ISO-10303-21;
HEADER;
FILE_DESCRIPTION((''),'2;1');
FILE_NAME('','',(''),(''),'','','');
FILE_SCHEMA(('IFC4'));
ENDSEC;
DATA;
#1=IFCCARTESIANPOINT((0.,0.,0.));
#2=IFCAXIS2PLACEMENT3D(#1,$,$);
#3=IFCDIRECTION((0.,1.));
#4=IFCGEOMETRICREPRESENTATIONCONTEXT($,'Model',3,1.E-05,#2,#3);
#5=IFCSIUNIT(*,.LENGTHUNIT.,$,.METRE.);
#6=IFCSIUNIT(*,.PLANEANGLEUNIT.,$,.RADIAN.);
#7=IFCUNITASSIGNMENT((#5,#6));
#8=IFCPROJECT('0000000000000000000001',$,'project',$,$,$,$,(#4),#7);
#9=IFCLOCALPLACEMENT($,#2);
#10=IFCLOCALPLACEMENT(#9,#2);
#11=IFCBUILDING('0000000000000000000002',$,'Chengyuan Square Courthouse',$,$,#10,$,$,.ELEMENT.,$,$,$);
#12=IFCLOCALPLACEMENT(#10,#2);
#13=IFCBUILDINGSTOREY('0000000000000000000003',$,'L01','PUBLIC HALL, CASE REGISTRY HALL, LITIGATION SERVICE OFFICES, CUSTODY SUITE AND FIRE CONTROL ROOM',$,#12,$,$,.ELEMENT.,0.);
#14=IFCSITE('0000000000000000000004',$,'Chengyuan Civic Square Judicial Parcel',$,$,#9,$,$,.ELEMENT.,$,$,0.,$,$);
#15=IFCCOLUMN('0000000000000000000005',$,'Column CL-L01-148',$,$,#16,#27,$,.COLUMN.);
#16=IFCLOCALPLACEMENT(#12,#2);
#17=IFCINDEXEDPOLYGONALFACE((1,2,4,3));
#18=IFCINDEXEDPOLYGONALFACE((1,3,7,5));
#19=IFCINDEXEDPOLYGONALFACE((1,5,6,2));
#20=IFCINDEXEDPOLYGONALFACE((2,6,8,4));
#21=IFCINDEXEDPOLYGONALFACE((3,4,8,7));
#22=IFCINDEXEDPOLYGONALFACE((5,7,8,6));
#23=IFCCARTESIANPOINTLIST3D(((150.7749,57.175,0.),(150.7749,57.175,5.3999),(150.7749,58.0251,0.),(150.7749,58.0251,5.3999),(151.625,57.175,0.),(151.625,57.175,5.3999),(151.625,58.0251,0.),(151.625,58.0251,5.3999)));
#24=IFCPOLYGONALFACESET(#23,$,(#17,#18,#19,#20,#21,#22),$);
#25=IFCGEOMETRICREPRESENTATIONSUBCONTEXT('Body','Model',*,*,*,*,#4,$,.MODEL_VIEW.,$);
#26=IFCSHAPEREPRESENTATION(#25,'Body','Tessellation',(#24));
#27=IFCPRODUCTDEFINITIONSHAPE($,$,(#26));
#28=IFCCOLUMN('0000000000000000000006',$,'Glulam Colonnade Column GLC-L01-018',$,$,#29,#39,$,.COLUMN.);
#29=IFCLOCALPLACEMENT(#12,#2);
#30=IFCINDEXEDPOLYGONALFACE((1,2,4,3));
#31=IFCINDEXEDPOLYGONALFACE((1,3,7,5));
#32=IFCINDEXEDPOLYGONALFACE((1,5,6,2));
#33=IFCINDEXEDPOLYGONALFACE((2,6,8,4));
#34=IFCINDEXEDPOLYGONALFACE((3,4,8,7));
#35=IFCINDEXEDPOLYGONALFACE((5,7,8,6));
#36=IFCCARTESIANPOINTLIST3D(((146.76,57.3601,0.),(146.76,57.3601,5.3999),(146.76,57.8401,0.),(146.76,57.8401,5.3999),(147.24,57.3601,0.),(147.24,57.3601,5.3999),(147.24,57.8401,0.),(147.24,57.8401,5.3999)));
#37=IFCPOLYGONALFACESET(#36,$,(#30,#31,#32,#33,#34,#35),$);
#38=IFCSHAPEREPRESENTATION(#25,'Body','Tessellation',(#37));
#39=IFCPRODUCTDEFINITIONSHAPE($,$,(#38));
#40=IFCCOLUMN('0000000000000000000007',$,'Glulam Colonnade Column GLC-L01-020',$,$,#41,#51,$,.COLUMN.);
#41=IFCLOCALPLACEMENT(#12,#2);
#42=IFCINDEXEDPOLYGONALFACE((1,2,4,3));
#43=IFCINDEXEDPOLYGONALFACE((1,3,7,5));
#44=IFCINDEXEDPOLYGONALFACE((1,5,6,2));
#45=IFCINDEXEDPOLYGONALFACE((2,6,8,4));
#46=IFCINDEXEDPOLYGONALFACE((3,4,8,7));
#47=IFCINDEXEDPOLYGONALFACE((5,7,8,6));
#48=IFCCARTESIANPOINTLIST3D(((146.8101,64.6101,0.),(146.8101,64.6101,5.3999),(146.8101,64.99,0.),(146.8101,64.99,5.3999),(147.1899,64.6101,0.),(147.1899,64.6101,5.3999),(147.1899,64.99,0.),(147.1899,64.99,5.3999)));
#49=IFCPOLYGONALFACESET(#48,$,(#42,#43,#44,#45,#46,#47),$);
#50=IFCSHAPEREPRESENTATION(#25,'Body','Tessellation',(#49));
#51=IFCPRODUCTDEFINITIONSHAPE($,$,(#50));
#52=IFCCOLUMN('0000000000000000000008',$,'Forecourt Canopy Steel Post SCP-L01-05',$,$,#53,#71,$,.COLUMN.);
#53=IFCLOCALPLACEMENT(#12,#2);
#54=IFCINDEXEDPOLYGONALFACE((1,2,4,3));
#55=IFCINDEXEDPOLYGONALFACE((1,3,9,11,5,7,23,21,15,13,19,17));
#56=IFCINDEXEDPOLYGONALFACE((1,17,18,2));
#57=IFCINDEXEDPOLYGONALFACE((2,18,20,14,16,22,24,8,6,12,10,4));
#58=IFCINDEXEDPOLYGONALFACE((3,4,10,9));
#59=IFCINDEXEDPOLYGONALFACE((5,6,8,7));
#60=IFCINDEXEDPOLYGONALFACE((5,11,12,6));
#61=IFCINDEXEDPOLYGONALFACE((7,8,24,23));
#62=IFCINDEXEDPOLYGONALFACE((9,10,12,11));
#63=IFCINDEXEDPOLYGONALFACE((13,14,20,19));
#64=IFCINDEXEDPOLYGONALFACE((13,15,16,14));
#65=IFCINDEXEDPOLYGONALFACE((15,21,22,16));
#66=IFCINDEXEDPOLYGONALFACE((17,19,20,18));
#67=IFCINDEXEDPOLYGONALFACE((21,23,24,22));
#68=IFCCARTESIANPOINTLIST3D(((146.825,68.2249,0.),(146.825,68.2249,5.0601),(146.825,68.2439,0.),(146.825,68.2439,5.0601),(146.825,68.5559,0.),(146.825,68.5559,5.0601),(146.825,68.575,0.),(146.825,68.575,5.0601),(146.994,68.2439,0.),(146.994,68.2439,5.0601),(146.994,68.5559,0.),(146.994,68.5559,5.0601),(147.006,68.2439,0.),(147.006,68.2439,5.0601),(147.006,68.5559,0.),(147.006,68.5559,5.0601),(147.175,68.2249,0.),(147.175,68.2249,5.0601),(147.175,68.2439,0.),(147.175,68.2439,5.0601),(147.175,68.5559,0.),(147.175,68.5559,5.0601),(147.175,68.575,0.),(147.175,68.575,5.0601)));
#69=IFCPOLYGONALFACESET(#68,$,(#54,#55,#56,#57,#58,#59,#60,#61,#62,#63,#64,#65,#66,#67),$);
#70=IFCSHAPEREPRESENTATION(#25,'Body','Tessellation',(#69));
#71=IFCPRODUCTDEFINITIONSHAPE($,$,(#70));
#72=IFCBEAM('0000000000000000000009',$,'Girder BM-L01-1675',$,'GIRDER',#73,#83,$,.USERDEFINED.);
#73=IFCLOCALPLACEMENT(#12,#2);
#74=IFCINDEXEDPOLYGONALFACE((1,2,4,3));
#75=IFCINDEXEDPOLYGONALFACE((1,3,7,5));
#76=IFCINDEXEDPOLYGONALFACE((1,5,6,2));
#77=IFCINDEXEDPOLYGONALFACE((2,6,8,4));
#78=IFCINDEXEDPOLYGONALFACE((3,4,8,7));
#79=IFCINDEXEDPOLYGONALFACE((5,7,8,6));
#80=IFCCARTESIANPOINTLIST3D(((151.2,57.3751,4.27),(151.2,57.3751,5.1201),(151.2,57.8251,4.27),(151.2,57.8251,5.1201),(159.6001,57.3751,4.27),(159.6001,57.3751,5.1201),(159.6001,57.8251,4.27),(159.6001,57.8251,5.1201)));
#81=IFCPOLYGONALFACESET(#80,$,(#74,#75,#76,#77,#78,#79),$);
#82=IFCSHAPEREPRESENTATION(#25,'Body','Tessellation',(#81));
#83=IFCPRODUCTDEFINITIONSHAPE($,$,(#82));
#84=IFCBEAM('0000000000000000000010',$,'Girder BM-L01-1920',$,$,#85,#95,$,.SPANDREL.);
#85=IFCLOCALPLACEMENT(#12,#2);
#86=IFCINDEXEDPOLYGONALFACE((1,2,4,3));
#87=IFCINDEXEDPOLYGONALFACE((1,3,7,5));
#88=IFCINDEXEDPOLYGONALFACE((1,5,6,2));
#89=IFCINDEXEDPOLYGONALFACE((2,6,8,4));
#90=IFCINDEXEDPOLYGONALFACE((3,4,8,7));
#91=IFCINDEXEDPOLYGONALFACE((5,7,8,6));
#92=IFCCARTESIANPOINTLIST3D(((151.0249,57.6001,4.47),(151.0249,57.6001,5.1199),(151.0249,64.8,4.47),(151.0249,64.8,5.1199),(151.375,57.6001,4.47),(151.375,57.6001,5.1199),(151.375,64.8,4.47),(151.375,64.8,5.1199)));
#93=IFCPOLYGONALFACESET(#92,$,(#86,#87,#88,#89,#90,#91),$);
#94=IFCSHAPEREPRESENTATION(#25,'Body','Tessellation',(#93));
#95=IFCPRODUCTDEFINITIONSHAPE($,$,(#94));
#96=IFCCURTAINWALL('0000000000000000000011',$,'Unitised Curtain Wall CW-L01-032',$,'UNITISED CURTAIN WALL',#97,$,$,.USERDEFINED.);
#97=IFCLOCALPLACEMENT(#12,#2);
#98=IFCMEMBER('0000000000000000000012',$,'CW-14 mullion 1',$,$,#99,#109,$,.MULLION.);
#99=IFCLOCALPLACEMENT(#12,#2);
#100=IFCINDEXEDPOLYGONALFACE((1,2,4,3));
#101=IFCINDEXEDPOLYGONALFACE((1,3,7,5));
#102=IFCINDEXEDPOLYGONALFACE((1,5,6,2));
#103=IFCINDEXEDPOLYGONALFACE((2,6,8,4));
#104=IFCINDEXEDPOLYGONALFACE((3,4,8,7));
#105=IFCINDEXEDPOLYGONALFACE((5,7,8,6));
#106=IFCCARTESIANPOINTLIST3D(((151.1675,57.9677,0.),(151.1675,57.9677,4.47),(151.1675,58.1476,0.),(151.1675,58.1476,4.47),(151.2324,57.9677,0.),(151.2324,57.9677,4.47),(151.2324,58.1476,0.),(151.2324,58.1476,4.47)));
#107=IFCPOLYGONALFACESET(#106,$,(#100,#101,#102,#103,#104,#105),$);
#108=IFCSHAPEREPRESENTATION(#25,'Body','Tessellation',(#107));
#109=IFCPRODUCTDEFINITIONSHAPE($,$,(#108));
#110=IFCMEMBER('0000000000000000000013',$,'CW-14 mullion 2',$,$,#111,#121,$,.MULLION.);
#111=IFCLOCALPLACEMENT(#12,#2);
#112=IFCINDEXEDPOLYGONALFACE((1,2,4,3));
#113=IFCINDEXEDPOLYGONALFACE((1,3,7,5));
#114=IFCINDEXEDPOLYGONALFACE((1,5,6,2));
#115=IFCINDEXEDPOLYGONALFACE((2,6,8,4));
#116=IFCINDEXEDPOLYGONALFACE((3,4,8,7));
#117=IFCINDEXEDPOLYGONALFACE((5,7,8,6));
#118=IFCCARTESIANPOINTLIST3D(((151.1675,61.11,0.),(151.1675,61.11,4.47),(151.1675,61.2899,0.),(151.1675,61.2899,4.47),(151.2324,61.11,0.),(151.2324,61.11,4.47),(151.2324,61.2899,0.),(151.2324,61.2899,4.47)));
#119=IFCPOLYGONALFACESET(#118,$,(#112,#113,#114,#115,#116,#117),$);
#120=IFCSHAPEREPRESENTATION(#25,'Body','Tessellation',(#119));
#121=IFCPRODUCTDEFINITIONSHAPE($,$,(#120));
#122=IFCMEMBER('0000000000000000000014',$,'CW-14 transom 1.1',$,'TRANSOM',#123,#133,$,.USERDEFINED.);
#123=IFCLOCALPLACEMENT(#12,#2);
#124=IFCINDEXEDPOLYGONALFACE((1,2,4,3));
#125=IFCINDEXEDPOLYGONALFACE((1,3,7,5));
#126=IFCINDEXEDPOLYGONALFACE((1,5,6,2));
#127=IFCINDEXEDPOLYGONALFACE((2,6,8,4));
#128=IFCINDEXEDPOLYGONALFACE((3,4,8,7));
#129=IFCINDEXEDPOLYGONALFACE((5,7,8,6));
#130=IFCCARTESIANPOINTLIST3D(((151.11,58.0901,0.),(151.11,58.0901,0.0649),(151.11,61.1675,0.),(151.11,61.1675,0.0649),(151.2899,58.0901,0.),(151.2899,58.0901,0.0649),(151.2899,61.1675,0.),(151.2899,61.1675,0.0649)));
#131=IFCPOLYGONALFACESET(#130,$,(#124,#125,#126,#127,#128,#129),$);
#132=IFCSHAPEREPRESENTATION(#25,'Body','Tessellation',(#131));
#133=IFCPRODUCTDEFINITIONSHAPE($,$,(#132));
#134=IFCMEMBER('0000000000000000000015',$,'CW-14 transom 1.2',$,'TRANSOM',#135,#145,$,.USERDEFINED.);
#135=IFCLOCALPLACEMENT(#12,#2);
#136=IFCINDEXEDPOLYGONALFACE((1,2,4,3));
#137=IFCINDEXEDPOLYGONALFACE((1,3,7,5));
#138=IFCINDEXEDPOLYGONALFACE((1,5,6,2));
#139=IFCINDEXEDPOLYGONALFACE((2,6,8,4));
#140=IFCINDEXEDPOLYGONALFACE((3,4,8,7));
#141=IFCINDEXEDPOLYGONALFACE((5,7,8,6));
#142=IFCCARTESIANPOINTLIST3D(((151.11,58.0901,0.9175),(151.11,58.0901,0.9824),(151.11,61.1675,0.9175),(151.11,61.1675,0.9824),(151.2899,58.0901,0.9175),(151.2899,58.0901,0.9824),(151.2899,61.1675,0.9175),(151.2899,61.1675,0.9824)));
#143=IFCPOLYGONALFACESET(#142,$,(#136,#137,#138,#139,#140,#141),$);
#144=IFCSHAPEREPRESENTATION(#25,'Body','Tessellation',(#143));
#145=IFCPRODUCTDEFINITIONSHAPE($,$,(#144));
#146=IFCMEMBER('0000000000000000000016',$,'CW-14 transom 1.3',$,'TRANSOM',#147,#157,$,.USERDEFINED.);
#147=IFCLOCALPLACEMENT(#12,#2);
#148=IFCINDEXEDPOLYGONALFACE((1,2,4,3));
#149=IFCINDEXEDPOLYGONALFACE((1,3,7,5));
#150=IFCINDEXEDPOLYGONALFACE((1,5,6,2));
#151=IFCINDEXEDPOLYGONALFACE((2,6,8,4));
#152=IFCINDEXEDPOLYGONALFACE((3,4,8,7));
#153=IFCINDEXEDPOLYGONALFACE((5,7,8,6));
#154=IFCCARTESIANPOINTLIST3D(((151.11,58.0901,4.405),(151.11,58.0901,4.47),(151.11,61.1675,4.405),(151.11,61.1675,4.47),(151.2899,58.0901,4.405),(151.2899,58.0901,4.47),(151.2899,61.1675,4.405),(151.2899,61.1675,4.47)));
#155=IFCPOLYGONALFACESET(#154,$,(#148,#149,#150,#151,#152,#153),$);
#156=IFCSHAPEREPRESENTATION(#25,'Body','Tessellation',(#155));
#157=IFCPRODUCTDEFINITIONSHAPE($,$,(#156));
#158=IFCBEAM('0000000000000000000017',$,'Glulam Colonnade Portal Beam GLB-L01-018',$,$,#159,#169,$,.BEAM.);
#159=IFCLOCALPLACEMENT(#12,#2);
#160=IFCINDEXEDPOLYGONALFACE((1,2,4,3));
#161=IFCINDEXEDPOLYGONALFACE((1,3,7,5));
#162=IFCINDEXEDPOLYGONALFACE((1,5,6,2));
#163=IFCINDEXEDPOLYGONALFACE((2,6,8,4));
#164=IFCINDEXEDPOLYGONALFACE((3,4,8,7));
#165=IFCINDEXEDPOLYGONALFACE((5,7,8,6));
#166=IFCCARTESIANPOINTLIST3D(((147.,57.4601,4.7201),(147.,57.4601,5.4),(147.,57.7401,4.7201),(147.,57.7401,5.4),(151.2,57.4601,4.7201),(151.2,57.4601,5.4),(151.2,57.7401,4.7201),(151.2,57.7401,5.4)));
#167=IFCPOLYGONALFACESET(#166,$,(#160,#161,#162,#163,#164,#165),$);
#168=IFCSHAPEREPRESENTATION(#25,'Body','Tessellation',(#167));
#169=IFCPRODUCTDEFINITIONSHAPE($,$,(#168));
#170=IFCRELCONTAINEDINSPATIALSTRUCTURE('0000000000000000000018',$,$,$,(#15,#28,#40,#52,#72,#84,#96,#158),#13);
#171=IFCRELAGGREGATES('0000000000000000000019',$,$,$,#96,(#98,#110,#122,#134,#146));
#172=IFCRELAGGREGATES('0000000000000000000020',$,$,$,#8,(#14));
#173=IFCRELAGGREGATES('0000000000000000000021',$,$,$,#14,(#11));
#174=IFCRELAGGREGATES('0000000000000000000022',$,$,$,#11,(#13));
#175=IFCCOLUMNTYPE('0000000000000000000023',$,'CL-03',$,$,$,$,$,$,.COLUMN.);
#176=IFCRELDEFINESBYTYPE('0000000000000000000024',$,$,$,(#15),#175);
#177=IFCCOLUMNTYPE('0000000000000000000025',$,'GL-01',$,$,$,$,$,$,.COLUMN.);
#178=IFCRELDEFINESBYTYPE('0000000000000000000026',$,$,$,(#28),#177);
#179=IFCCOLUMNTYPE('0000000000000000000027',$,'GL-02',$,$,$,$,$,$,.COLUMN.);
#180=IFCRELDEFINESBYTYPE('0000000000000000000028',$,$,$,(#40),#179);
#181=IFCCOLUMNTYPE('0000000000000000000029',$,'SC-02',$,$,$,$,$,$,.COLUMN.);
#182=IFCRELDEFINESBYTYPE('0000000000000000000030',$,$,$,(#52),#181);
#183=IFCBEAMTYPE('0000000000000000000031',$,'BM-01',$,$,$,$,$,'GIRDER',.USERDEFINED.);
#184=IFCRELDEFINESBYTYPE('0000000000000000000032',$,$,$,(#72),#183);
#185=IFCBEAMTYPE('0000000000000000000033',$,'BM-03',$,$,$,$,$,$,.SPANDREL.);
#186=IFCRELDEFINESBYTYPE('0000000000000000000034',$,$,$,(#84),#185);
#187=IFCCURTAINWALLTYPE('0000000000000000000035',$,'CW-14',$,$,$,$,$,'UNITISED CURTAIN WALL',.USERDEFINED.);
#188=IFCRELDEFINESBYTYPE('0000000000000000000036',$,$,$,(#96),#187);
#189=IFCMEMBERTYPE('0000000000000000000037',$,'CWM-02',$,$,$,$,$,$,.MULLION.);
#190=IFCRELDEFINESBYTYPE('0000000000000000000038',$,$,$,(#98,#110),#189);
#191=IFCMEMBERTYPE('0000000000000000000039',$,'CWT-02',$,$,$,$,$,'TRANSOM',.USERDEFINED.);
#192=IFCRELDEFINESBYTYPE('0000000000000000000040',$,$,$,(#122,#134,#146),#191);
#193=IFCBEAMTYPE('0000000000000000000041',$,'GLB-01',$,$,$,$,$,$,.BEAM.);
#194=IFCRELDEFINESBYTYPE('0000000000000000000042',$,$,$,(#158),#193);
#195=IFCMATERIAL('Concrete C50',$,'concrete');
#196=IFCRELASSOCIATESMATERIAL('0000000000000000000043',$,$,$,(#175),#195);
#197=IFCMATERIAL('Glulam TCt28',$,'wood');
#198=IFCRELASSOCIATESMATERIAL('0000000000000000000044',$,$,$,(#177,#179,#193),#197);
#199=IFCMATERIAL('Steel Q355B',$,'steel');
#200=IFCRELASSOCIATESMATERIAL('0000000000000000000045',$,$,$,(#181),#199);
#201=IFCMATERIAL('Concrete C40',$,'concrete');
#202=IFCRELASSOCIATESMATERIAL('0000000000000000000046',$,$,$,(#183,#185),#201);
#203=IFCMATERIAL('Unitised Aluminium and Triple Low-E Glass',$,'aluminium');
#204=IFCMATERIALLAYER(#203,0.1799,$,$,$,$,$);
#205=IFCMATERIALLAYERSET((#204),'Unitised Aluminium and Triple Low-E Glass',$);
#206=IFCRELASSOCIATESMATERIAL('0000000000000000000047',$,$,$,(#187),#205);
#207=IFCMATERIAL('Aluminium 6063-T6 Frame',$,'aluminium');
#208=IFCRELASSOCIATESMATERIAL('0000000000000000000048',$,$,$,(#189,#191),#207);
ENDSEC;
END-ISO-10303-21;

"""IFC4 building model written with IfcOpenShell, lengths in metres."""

from ifc_helpers import new_model, si_unit, direction, frame, origin, origin_2d, place, context, subcontext, project, spatial, rectangle, i_section, extrude, material, layer, layer_set, material_profile, profile_set, type_object, element, aggregate, save


model = new_model("IFC4")

# Units and contexts
model_context = context("Model", 3, precision=1e-05, world=origin(), true_north=direction((0.0, 1.0)))
body_context = subcontext(model_context, "Body", "Model", "MODEL_VIEW")
ifc_project = project(units=[si_unit("LENGTHUNIT", "METRE"), si_unit("PLANEANGLEUNIT", "RADIAN")], contexts=[model_context])

# Site, building, storey
site_placement = place(None, origin())
site = spatial("IfcSite", under=ifc_project, at=site_placement, Name="Chengyuan Civic Square Judicial Parcel", CompositionType="ELEMENT", RefElevation=0.0)
building_placement = place(site_placement, origin())
building = spatial("IfcBuilding", under=site, at=building_placement, Name="Chengyuan Square Courthouse", CompositionType="ELEMENT")
storey_placement = place(building_placement, origin())
storey = spatial("IfcBuildingStorey", under=building, at=storey_placement, Name="L01", Description="PUBLIC HALL, CASE REGISTRY HALL, LITIGATION SERVICE OFFICES, CUSTODY SUITE AND FIRE CONTROL ROOM", CompositionType="ELEMENT", Elevation=0.0)

# Columns
ifc_material_1 = material(Name="Concrete C50", Category="concrete")
ifc_material_profile_1 = material_profile(ifc_material_1, rectangle(XDim=0.8501, YDim=0.8501, at=origin_2d()), Name="RC-COL-850x850")
ifc_profile_set_1 = profile_set([ifc_material_profile_1], Name="Concrete C50")
column_type_1 = type_object("IfcColumnType", Name="CL-03", PredefinedType="COLUMN", material=ifc_profile_set_1)
column_1_placement = place(storey_placement, frame((151.2, 57.6001, 0.0), z_axis=(0.0, 0.0, 1.0), x_axis=(1.0, 0.0, 0.0)))
element("IfcColumn", 1, at=column_1_placement, inside=storey, type_object=column_type_1, Name="Column CL-L01-148", PredefinedType="COLUMN", context=body_context, shape_type="SweptSolid", body=[
    extrude(rectangle(XDim=0.8501, YDim=0.8501, at=origin_2d()), origin(), (0.0, 0.0, 1.0), 5.3999),
])
ifc_material_2 = material(Name="Glulam TCt28", Category="wood")
ifc_material_profile_2 = material_profile(ifc_material_2, rectangle(XDim=0.48, YDim=0.48, at=origin_2d()), Name="GL-COL-480x480")
ifc_profile_set_2 = profile_set([ifc_material_profile_2], Name="Glulam TCt28")
column_type_2 = type_object("IfcColumnType", Name="GL-01", PredefinedType="COLUMN", material=ifc_profile_set_2)
column_2_placement = place(storey_placement, frame((147.0, 57.6001, 0.0), z_axis=(0.0, 0.0, 1.0), x_axis=(1.0, 0.0, 0.0)))
element("IfcColumn", 2, at=column_2_placement, inside=storey, type_object=column_type_2, Name="Glulam Colonnade Column GLC-L01-018", PredefinedType="COLUMN", context=body_context, shape_type="SweptSolid", body=[
    extrude(rectangle(XDim=0.48, YDim=0.48, at=origin_2d()), origin(), (0.0, 0.0, 1.0), 5.3999),
])
ifc_material_profile_3 = material_profile(ifc_material_2, rectangle(XDim=0.3799, YDim=0.3799, at=origin_2d()), Name="GL-COL-380x380")
ifc_profile_set_3 = profile_set([ifc_material_profile_3], Name="Glulam TCt28")
column_type_3 = type_object("IfcColumnType", Name="GL-02", PredefinedType="COLUMN", material=ifc_profile_set_3)
column_3_placement = place(storey_placement, frame((147.0, 64.8, 0.0), z_axis=(0.0, 0.0, 1.0), x_axis=(1.0, 0.0, 0.0)))
element("IfcColumn", 3, at=column_3_placement, inside=storey, type_object=column_type_3, Name="Glulam Colonnade Column GLC-L01-020", PredefinedType="COLUMN", context=body_context, shape_type="SweptSolid", body=[
    extrude(rectangle(XDim=0.3799, YDim=0.3799, at=origin_2d()), origin(), (0.0, 0.0, 1.0), 5.3999),
])
ifc_material_3 = material(Name="Steel Q355B", Category="steel")
ifc_material_profile_4 = material_profile(ifc_material_3, i_section(OverallWidth=0.3501, OverallDepth=0.3501, WebThickness=0.012, FlangeThickness=0.019, at=origin_2d()), Name="HW 350x350x12x19")
ifc_profile_set_4 = profile_set([ifc_material_profile_4], Name="Steel Q355B")
column_type_4 = type_object("IfcColumnType", Name="SC-02", PredefinedType="COLUMN", material=ifc_profile_set_4)
column_4_placement = place(storey_placement, frame((147.0, 68.3999, 0.0), z_axis=(0.0, 0.0, 1.0), x_axis=(1.0, 0.0, 0.0)))
element("IfcColumn", 4, at=column_4_placement, inside=storey, type_object=column_type_4, Name="Forecourt Canopy Steel Post SCP-L01-05", PredefinedType="COLUMN", context=body_context, shape_type="SweptSolid", body=[
    extrude(i_section(OverallWidth=0.3501, OverallDepth=0.3501, WebThickness=0.012, FlangeThickness=0.019, at=origin_2d()), origin(), (0.0, 0.0, 1.0), 5.0601),
])

# Beams
ifc_material_4 = material(Name="Concrete C40", Category="concrete")
ifc_material_profile_5 = material_profile(ifc_material_4, rectangle(XDim=0.45, YDim=0.8501, at=origin_2d()), Name="RC-BM-450x850")
ifc_profile_set_5 = profile_set([ifc_material_profile_5], Name="Concrete C40")
beam_type_1 = type_object("IfcBeamType", Name="BM-01", ElementType="GIRDER", PredefinedType="USERDEFINED", material=ifc_profile_set_5)
beam_1_placement = place(storey_placement, frame((151.2, 57.6001, 4.6951), z_axis=(1.0, 0.0, 0.0), x_axis=(0.0, 1.0, 0.0)))
element("IfcBeam", 5, at=beam_1_placement, inside=storey, type_object=beam_type_1, Name="Girder BM-L01-1675", ObjectType="GIRDER", PredefinedType="USERDEFINED", context=body_context, shape_type="SweptSolid", body=[
    extrude(rectangle(XDim=0.45, YDim=0.8501, at=origin_2d()), origin(), (0.0, 0.0, 1.0), 8.4001),
])
ifc_material_profile_6 = material_profile(ifc_material_4, rectangle(XDim=0.3501, YDim=0.6499, at=origin_2d()), Name="RC-BM-350x650")
ifc_profile_set_6 = profile_set([ifc_material_profile_6], Name="Concrete C40")
beam_type_2 = type_object("IfcBeamType", Name="BM-03", PredefinedType="SPANDREL", material=ifc_profile_set_6)
beam_2_placement = place(storey_placement, frame((151.2, 57.6001, 4.7949), z_axis=(0.0, 1.0, 0.0), x_axis=(-1.0, 0.0, 0.0)))
element("IfcBeam", 6, at=beam_2_placement, inside=storey, type_object=beam_type_2, Name="Girder BM-L01-1920", PredefinedType="SPANDREL", context=body_context, shape_type="SweptSolid", body=[
    extrude(rectangle(XDim=0.3501, YDim=0.6499, at=origin_2d()), origin(), (0.0, 0.0, 1.0), 7.2),
])

# Curtain wall, members
ifc_material_5 = material(Name="Unitised Aluminium and Triple Low-E Glass", Category="aluminium")
ifc_layer_1 = layer(ifc_material_5, 0.1799)
ifc_layer_set_1 = layer_set([ifc_layer_1], Name="Unitised Aluminium and Triple Low-E Glass")
curtain_wall_type = type_object("IfcCurtainWallType", Name="CW-14", ElementType="UNITISED CURTAIN WALL", PredefinedType="USERDEFINED", material=ifc_layer_set_1)
curtain_wall_placement = place(storey_placement, origin())
curtain_wall = element("IfcCurtainWall", 7, at=curtain_wall_placement, inside=storey, type_object=curtain_wall_type, Name="Unitised Curtain Wall CW-L01-032", ObjectType="UNITISED CURTAIN WALL", PredefinedType="USERDEFINED")
ifc_material_6 = material(Name="Aluminium 6063-T6 Frame", Category="aluminium")
ifc_material_profile_7 = material_profile(ifc_material_6, rectangle(XDim=0.0649, YDim=0.1799, at=origin_2d()), Name="CW-MUL-65x180")
ifc_profile_set_7 = profile_set([ifc_material_profile_7], Name="Aluminium 6063-T6 Frame")
member_type_1 = type_object("IfcMemberType", Name="CWM-02", PredefinedType="MULLION", material=ifc_profile_set_7)
member_1_placement = place(storey_placement, frame((151.2, 58.0576, 0.0), z_axis=(0.0, 0.0, 1.0), x_axis=(-1.0, 0.0, 0.0)))
member_1 = element("IfcMember", 8, at=member_1_placement, type_object=member_type_1, Name="CW-14 mullion 1", PredefinedType="MULLION", context=body_context, shape_type="SweptSolid", body=[
    extrude(rectangle(XDim=0.0649, YDim=0.1799, at=origin_2d()), origin(), (0.0, 0.0, 1.0), 4.47),
])
member_2_placement = place(storey_placement, frame((151.2, 61.2, 0.0), z_axis=(0.0, 0.0, 1.0), x_axis=(-1.0, 0.0, 0.0)))
member_2 = element("IfcMember", 9, at=member_2_placement, type_object=member_type_1, Name="CW-14 mullion 2", PredefinedType="MULLION", context=body_context, shape_type="SweptSolid", body=[
    extrude(rectangle(XDim=0.0649, YDim=0.1799, at=origin_2d()), origin(), (0.0, 0.0, 1.0), 4.47),
])
ifc_material_profile_8 = material_profile(ifc_material_6, rectangle(XDim=0.1799, YDim=0.0649, at=origin_2d()), Name="CW-TRN-65x140")
ifc_profile_set_8 = profile_set([ifc_material_profile_8], Name="Aluminium 6063-T6 Frame")
member_type_2 = type_object("IfcMemberType", Name="CWT-02", ElementType="TRANSOM", PredefinedType="USERDEFINED", material=ifc_profile_set_8)
member_3_placement = place(storey_placement, frame((151.2, 58.0901, 0.0325), z_axis=(0.0, 1.0, 0.0), x_axis=(-1.0, 0.0, 0.0)))
member_3 = element("IfcMember", 10, at=member_3_placement, type_object=member_type_2, Name="CW-14 transom 1.1", ObjectType="TRANSOM", PredefinedType="USERDEFINED", context=body_context, shape_type="SweptSolid", body=[
    extrude(rectangle(XDim=0.1799, YDim=0.0649, at=origin_2d()), origin(), (0.0, 0.0, 1.0), 3.0774),
])
member_4_placement = place(storey_placement, frame((151.2, 58.0901, 0.95), z_axis=(0.0, 1.0, 0.0), x_axis=(-1.0, 0.0, 0.0)))
member_4 = element("IfcMember", 11, at=member_4_placement, type_object=member_type_2, Name="CW-14 transom 1.2", ObjectType="TRANSOM", PredefinedType="USERDEFINED", context=body_context, shape_type="SweptSolid", body=[
    extrude(rectangle(XDim=0.1799, YDim=0.0649, at=origin_2d()), origin(), (0.0, 0.0, 1.0), 3.0774),
])
member_5_placement = place(storey_placement, frame((151.2, 58.0901, 4.4375), z_axis=(0.0, 1.0, 0.0), x_axis=(-1.0, 0.0, 0.0)))
member_5 = element("IfcMember", 12, at=member_5_placement, type_object=member_type_2, Name="CW-14 transom 1.3", ObjectType="TRANSOM", PredefinedType="USERDEFINED", context=body_context, shape_type="SweptSolid", body=[
    extrude(rectangle(XDim=0.1799, YDim=0.0649, at=origin_2d()), origin(), (0.0, 0.0, 1.0), 3.0774),
])

# Beam
ifc_material_profile_9 = material_profile(ifc_material_2, rectangle(XDim=0.28, YDim=0.6799, at=origin_2d()), Name="GL-BM-280x680")
ifc_profile_set_9 = profile_set([ifc_material_profile_9], Name="Glulam TCt28")
beam_type_3 = type_object("IfcBeamType", Name="GLB-01", PredefinedType="BEAM", material=ifc_profile_set_9)
beam_3_placement = place(storey_placement, frame((151.2, 57.6001, 5.0601), z_axis=(-1.0, 0.0, 0.0), x_axis=(0.0, -1.0, 0.0)))
element("IfcBeam", 13, at=beam_3_placement, inside=storey, type_object=beam_type_3, Name="Glulam Colonnade Portal Beam GLB-L01-018", PredefinedType="BEAM", context=body_context, shape_type="SweptSolid", body=[
    extrude(rectangle(XDim=0.28, YDim=0.6799, at=origin_2d()), origin(), (0.0, 0.0, 1.0), 4.2),
])

aggregate(curtain_wall, [member_1, member_2, member_3, member_4, member_5])

save(model, "model.ifc")
